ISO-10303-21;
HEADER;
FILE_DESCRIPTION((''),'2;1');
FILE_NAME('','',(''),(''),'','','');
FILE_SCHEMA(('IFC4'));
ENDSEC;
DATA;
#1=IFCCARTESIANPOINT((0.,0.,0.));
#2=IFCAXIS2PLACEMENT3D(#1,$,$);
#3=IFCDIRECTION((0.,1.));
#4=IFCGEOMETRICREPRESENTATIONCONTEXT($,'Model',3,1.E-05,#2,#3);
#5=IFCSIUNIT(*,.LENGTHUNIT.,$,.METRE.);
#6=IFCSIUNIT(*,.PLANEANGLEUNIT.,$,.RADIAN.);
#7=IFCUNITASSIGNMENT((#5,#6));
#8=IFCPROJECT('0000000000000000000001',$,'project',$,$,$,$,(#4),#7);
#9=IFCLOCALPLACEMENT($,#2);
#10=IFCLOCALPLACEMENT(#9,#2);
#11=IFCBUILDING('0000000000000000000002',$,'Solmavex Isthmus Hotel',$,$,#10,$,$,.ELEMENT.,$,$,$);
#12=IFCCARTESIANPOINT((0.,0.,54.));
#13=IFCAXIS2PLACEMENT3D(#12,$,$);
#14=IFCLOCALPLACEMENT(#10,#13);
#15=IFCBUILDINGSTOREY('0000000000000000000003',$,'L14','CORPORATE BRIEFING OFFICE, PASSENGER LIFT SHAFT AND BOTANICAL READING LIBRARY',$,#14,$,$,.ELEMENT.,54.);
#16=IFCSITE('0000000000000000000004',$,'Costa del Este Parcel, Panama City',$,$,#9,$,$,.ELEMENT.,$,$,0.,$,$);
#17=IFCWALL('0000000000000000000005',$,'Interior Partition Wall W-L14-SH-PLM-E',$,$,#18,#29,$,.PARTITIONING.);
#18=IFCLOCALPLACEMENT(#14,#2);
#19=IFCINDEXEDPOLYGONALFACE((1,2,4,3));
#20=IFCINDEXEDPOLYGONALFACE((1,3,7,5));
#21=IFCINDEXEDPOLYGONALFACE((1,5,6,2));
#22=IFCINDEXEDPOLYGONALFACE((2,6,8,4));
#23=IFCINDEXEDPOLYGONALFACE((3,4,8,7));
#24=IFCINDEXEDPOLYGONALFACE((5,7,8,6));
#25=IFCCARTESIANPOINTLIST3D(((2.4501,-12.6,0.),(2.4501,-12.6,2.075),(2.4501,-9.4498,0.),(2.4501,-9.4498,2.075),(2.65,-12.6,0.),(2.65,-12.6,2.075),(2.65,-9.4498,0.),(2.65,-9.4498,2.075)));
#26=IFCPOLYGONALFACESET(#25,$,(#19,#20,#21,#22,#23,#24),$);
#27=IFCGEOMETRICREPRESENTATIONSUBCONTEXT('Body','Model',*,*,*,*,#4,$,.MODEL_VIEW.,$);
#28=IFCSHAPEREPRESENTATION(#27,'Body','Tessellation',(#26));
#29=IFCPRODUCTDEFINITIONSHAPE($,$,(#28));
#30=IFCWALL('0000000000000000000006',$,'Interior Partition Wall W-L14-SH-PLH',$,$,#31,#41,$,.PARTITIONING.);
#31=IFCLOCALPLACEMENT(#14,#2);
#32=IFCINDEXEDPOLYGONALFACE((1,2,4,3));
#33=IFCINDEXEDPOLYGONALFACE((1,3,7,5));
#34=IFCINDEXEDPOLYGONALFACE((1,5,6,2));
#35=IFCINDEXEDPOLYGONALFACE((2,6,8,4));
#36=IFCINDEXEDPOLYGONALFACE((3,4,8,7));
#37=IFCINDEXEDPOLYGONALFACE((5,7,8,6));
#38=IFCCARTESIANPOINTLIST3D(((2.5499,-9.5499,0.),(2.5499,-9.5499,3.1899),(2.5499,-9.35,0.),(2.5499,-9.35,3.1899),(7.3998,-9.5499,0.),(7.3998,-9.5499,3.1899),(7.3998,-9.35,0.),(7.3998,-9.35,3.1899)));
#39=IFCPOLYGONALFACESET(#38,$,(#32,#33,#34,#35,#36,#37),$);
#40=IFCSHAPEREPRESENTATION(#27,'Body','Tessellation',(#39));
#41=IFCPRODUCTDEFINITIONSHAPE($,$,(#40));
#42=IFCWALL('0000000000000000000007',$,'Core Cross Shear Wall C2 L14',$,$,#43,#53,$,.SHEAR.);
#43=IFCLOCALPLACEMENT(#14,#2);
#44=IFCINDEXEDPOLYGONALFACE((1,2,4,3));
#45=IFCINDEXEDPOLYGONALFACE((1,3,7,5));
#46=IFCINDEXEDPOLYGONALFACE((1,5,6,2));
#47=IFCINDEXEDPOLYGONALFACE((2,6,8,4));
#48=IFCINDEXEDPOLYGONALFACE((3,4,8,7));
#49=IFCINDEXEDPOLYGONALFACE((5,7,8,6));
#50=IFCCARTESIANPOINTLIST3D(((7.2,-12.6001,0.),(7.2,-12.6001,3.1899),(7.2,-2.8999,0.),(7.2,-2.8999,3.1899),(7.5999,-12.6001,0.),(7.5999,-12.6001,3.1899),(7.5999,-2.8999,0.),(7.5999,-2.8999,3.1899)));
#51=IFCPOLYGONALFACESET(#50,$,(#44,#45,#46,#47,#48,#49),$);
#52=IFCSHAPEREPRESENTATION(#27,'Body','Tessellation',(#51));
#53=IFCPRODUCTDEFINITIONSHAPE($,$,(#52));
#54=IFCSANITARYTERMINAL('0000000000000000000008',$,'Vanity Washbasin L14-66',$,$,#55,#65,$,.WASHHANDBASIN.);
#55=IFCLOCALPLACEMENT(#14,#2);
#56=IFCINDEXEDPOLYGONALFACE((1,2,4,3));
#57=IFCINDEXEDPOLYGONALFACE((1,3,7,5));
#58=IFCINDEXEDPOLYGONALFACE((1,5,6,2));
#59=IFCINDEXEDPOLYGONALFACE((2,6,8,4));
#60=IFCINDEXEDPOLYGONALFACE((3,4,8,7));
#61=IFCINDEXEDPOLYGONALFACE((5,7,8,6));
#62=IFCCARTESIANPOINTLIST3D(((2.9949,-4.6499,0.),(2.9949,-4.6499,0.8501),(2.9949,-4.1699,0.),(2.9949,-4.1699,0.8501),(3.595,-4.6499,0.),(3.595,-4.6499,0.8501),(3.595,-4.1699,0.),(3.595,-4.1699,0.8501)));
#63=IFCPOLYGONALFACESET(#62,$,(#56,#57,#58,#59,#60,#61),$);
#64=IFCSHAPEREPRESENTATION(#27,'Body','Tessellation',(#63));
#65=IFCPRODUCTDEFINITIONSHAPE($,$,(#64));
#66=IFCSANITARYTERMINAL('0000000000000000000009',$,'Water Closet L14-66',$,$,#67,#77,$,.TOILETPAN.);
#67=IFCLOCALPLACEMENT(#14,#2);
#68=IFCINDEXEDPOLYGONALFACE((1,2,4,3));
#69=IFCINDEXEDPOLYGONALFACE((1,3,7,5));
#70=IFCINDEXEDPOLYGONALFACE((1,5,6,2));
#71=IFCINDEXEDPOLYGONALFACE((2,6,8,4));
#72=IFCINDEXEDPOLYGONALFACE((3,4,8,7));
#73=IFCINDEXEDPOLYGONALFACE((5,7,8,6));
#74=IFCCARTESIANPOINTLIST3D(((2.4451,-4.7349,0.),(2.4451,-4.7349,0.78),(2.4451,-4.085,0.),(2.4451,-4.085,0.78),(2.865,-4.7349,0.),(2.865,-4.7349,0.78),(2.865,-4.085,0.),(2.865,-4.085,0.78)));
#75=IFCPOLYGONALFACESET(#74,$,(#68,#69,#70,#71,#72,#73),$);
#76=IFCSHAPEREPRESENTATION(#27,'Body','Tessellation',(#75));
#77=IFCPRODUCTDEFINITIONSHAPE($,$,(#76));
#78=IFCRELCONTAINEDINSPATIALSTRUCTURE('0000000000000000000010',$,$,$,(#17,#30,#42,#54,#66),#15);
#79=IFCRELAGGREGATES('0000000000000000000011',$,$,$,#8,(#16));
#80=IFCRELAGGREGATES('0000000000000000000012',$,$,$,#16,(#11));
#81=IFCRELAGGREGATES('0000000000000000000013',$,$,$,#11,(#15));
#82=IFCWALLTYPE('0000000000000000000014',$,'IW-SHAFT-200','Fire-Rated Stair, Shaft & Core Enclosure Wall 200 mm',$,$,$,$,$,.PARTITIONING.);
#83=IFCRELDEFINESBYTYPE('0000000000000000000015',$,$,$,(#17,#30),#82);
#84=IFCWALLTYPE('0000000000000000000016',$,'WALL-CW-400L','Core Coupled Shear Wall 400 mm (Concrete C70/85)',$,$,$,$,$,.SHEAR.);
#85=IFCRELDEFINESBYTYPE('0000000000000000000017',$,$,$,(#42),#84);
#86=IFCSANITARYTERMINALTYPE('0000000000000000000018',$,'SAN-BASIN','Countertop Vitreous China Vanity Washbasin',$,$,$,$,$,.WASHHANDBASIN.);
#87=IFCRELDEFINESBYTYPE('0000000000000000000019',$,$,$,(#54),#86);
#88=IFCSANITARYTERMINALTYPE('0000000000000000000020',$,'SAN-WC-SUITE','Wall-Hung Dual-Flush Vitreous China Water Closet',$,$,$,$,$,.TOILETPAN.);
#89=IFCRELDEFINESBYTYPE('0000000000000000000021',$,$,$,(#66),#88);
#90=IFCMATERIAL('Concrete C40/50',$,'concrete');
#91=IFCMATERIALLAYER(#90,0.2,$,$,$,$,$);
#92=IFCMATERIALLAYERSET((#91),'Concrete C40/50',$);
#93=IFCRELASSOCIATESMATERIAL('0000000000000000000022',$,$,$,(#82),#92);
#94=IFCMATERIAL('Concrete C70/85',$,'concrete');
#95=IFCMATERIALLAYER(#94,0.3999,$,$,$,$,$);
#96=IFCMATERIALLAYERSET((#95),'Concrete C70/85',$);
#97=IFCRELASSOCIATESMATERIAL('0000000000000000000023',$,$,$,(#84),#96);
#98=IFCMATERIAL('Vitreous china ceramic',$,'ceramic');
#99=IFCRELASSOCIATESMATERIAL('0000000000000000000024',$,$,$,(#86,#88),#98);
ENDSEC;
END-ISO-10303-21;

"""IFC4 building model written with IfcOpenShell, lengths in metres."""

from ifc_helpers import new_model, si_unit, direction, frame, frame_2d, origin, origin_2d, place, context, subcontext, project, spatial, rectangle, extrude, material, layer, layer_set, type_object, element, save


model = new_model("IFC4")

# Units and contexts
model_context = context("Model", 3, precision=1e-05, world=origin(), true_north=direction((0.0, 1.0)))
body_context = subcontext(model_context, "Body", "Model", "MODEL_VIEW")
ifc_project = project(units=[si_unit("LENGTHUNIT", "METRE"), si_unit("PLANEANGLEUNIT", "RADIAN")], contexts=[model_context])

# Site, building, storey
site_placement = place(None, origin())
site = spatial("IfcSite", under=ifc_project, at=site_placement, Name="Costa del Este Parcel, Panama City", CompositionType="ELEMENT", RefElevation=0.0)
building_placement = place(site_placement, origin())
building = spatial("IfcBuilding", under=site, at=building_placement, Name="Solmavex Isthmus Hotel", CompositionType="ELEMENT")
storey_placement = place(building_placement, frame((0.0, 0.0, 54.0)))
storey = spatial("IfcBuildingStorey", under=building, at=storey_placement, Name="L14", Description="CORPORATE BRIEFING OFFICE, PASSENGER LIFT SHAFT AND BOTANICAL READING LIBRARY", CompositionType="ELEMENT", Elevation=54.0)

# Shared definitions
ifc_material_1 = material(Name="Concrete C70/85", Category="concrete")

# Shared definitions
ifc_material_2 = material(Name="Concrete C40/50", Category="concrete")

# Shared definitions
ifc_layer_1 = layer(ifc_material_2, 0.2)
ifc_layer_set_1 = layer_set([ifc_layer_1], Name="Concrete C40/50")
wall_type_1 = type_object("IfcWallType", Name="IW-SHAFT-200", Description="Fire-Rated Stair, Shaft & Core Enclosure Wall 200 mm", PredefinedType="PARTITIONING", material=ifc_layer_set_1)

# Walls
for number, where, z_axis, x_axis, name in (
    (1, (2.55, -12.6001, 0.0), (0.0, 0.0, 1.0), (0.0, 1.0, 0.0), "Interior Partition Wall W-L14-SH-PLM-E"),
):
    element("IfcWall", number, at=place(storey_placement, frame(where, z_axis=z_axis, x_axis=x_axis)), inside=storey, type_object=wall_type_1, Name=name, PredefinedType="PARTITIONING", context=body_context, shape_type="SweptSolid", body=[
        extrude(rectangle(XDim=3.1501, YDim=0.2, at=frame_2d((1.5752, 0.0))), origin(), (0.0, 0.0, 1.0), 2.075),
    ])
wall_1_placement = place(storey_placement, frame((2.55, -9.45, 0.0), z_axis=(0.0, 0.0, 1.0), x_axis=(1.0, 0.0, 0.0)))
element("IfcWall", 2, at=wall_1_placement, inside=storey, type_object=wall_type_1, Name="Interior Partition Wall W-L14-SH-PLH", PredefinedType="PARTITIONING", context=body_context, shape_type="SweptSolid", body=[
    extrude(rectangle(XDim=4.8499, YDim=0.2, at=frame_2d((2.4248, 0.0))), origin(), (0.0, 0.0, 1.0), 3.1899),
])
ifc_layer_2 = layer(ifc_material_1, 0.3999)
ifc_layer_set_2 = layer_set([ifc_layer_2], Name="Concrete C70/85")
wall_type_2 = type_object("IfcWallType", Name="WALL-CW-400L", Description="Core Coupled Shear Wall 400 mm (Concrete C70/85)", PredefinedType="SHEAR", material=ifc_layer_set_2)
wall_2_placement = place(storey_placement, frame((7.3999, -12.6001, 0.0), z_axis=(0.0, 0.0, 1.0), x_axis=(0.0, 1.0, 0.0)))
element("IfcWall", 3, at=wall_2_placement, inside=storey, type_object=wall_type_2, Name="Core Cross Shear Wall C2 L14", PredefinedType="SHEAR", context=body_context, shape_type="SweptSolid", body=[
    extrude(rectangle(XDim=9.7002, YDim=0.3999, at=frame_2d((4.8501, 0.0))), origin(), (0.0, 0.0, 1.0), 3.1899),
])

# Sanitary terminals
ifc_material_3 = material(Name="Vitreous china ceramic", Category="ceramic")
sanitary_terminal_type_1 = type_object("IfcSanitaryTerminalType", Name="SAN-BASIN", Description="Countertop Vitreous China Vanity Washbasin", PredefinedType="WASHHANDBASIN", material=ifc_material_3)
sanitary_terminal_1_placement = place(storey_placement, frame((3.2949, -4.4099, 0.0), z_axis=(0.0, 0.0, 1.0), x_axis=(1.0, 0.0, 0.0)))
element("IfcSanitaryTerminal", 4, at=sanitary_terminal_1_placement, inside=storey, type_object=sanitary_terminal_type_1, Name="Vanity Washbasin L14-66", PredefinedType="WASHHANDBASIN", context=body_context, shape_type="SweptSolid", body=[
    extrude(rectangle(XDim=0.6001, YDim=0.48, at=origin_2d()), origin(), (0.0, 0.0, 1.0), 0.8501),
])
sanitary_terminal_type_2 = type_object("IfcSanitaryTerminalType", Name="SAN-WC-SUITE", Description="Wall-Hung Dual-Flush Vitreous China Water Closet", PredefinedType="TOILETPAN", material=ifc_material_3)
sanitary_terminal_2_placement = place(storey_placement, frame((2.655, -4.4099, 0.0), z_axis=(0.0, 0.0, 1.0), x_axis=(1.0, 0.0, 0.0)))
element("IfcSanitaryTerminal", 5, at=sanitary_terminal_2_placement, inside=storey, type_object=sanitary_terminal_type_2, Name="Water Closet L14-66", PredefinedType="TOILETPAN", context=body_context, shape_type="SweptSolid", body=[
    extrude(rectangle(XDim=0.4199, YDim=0.6499, at=origin_2d()), origin(), (0.0, 0.0, 1.0), 0.78),
])

save(model, "model.ifc")
